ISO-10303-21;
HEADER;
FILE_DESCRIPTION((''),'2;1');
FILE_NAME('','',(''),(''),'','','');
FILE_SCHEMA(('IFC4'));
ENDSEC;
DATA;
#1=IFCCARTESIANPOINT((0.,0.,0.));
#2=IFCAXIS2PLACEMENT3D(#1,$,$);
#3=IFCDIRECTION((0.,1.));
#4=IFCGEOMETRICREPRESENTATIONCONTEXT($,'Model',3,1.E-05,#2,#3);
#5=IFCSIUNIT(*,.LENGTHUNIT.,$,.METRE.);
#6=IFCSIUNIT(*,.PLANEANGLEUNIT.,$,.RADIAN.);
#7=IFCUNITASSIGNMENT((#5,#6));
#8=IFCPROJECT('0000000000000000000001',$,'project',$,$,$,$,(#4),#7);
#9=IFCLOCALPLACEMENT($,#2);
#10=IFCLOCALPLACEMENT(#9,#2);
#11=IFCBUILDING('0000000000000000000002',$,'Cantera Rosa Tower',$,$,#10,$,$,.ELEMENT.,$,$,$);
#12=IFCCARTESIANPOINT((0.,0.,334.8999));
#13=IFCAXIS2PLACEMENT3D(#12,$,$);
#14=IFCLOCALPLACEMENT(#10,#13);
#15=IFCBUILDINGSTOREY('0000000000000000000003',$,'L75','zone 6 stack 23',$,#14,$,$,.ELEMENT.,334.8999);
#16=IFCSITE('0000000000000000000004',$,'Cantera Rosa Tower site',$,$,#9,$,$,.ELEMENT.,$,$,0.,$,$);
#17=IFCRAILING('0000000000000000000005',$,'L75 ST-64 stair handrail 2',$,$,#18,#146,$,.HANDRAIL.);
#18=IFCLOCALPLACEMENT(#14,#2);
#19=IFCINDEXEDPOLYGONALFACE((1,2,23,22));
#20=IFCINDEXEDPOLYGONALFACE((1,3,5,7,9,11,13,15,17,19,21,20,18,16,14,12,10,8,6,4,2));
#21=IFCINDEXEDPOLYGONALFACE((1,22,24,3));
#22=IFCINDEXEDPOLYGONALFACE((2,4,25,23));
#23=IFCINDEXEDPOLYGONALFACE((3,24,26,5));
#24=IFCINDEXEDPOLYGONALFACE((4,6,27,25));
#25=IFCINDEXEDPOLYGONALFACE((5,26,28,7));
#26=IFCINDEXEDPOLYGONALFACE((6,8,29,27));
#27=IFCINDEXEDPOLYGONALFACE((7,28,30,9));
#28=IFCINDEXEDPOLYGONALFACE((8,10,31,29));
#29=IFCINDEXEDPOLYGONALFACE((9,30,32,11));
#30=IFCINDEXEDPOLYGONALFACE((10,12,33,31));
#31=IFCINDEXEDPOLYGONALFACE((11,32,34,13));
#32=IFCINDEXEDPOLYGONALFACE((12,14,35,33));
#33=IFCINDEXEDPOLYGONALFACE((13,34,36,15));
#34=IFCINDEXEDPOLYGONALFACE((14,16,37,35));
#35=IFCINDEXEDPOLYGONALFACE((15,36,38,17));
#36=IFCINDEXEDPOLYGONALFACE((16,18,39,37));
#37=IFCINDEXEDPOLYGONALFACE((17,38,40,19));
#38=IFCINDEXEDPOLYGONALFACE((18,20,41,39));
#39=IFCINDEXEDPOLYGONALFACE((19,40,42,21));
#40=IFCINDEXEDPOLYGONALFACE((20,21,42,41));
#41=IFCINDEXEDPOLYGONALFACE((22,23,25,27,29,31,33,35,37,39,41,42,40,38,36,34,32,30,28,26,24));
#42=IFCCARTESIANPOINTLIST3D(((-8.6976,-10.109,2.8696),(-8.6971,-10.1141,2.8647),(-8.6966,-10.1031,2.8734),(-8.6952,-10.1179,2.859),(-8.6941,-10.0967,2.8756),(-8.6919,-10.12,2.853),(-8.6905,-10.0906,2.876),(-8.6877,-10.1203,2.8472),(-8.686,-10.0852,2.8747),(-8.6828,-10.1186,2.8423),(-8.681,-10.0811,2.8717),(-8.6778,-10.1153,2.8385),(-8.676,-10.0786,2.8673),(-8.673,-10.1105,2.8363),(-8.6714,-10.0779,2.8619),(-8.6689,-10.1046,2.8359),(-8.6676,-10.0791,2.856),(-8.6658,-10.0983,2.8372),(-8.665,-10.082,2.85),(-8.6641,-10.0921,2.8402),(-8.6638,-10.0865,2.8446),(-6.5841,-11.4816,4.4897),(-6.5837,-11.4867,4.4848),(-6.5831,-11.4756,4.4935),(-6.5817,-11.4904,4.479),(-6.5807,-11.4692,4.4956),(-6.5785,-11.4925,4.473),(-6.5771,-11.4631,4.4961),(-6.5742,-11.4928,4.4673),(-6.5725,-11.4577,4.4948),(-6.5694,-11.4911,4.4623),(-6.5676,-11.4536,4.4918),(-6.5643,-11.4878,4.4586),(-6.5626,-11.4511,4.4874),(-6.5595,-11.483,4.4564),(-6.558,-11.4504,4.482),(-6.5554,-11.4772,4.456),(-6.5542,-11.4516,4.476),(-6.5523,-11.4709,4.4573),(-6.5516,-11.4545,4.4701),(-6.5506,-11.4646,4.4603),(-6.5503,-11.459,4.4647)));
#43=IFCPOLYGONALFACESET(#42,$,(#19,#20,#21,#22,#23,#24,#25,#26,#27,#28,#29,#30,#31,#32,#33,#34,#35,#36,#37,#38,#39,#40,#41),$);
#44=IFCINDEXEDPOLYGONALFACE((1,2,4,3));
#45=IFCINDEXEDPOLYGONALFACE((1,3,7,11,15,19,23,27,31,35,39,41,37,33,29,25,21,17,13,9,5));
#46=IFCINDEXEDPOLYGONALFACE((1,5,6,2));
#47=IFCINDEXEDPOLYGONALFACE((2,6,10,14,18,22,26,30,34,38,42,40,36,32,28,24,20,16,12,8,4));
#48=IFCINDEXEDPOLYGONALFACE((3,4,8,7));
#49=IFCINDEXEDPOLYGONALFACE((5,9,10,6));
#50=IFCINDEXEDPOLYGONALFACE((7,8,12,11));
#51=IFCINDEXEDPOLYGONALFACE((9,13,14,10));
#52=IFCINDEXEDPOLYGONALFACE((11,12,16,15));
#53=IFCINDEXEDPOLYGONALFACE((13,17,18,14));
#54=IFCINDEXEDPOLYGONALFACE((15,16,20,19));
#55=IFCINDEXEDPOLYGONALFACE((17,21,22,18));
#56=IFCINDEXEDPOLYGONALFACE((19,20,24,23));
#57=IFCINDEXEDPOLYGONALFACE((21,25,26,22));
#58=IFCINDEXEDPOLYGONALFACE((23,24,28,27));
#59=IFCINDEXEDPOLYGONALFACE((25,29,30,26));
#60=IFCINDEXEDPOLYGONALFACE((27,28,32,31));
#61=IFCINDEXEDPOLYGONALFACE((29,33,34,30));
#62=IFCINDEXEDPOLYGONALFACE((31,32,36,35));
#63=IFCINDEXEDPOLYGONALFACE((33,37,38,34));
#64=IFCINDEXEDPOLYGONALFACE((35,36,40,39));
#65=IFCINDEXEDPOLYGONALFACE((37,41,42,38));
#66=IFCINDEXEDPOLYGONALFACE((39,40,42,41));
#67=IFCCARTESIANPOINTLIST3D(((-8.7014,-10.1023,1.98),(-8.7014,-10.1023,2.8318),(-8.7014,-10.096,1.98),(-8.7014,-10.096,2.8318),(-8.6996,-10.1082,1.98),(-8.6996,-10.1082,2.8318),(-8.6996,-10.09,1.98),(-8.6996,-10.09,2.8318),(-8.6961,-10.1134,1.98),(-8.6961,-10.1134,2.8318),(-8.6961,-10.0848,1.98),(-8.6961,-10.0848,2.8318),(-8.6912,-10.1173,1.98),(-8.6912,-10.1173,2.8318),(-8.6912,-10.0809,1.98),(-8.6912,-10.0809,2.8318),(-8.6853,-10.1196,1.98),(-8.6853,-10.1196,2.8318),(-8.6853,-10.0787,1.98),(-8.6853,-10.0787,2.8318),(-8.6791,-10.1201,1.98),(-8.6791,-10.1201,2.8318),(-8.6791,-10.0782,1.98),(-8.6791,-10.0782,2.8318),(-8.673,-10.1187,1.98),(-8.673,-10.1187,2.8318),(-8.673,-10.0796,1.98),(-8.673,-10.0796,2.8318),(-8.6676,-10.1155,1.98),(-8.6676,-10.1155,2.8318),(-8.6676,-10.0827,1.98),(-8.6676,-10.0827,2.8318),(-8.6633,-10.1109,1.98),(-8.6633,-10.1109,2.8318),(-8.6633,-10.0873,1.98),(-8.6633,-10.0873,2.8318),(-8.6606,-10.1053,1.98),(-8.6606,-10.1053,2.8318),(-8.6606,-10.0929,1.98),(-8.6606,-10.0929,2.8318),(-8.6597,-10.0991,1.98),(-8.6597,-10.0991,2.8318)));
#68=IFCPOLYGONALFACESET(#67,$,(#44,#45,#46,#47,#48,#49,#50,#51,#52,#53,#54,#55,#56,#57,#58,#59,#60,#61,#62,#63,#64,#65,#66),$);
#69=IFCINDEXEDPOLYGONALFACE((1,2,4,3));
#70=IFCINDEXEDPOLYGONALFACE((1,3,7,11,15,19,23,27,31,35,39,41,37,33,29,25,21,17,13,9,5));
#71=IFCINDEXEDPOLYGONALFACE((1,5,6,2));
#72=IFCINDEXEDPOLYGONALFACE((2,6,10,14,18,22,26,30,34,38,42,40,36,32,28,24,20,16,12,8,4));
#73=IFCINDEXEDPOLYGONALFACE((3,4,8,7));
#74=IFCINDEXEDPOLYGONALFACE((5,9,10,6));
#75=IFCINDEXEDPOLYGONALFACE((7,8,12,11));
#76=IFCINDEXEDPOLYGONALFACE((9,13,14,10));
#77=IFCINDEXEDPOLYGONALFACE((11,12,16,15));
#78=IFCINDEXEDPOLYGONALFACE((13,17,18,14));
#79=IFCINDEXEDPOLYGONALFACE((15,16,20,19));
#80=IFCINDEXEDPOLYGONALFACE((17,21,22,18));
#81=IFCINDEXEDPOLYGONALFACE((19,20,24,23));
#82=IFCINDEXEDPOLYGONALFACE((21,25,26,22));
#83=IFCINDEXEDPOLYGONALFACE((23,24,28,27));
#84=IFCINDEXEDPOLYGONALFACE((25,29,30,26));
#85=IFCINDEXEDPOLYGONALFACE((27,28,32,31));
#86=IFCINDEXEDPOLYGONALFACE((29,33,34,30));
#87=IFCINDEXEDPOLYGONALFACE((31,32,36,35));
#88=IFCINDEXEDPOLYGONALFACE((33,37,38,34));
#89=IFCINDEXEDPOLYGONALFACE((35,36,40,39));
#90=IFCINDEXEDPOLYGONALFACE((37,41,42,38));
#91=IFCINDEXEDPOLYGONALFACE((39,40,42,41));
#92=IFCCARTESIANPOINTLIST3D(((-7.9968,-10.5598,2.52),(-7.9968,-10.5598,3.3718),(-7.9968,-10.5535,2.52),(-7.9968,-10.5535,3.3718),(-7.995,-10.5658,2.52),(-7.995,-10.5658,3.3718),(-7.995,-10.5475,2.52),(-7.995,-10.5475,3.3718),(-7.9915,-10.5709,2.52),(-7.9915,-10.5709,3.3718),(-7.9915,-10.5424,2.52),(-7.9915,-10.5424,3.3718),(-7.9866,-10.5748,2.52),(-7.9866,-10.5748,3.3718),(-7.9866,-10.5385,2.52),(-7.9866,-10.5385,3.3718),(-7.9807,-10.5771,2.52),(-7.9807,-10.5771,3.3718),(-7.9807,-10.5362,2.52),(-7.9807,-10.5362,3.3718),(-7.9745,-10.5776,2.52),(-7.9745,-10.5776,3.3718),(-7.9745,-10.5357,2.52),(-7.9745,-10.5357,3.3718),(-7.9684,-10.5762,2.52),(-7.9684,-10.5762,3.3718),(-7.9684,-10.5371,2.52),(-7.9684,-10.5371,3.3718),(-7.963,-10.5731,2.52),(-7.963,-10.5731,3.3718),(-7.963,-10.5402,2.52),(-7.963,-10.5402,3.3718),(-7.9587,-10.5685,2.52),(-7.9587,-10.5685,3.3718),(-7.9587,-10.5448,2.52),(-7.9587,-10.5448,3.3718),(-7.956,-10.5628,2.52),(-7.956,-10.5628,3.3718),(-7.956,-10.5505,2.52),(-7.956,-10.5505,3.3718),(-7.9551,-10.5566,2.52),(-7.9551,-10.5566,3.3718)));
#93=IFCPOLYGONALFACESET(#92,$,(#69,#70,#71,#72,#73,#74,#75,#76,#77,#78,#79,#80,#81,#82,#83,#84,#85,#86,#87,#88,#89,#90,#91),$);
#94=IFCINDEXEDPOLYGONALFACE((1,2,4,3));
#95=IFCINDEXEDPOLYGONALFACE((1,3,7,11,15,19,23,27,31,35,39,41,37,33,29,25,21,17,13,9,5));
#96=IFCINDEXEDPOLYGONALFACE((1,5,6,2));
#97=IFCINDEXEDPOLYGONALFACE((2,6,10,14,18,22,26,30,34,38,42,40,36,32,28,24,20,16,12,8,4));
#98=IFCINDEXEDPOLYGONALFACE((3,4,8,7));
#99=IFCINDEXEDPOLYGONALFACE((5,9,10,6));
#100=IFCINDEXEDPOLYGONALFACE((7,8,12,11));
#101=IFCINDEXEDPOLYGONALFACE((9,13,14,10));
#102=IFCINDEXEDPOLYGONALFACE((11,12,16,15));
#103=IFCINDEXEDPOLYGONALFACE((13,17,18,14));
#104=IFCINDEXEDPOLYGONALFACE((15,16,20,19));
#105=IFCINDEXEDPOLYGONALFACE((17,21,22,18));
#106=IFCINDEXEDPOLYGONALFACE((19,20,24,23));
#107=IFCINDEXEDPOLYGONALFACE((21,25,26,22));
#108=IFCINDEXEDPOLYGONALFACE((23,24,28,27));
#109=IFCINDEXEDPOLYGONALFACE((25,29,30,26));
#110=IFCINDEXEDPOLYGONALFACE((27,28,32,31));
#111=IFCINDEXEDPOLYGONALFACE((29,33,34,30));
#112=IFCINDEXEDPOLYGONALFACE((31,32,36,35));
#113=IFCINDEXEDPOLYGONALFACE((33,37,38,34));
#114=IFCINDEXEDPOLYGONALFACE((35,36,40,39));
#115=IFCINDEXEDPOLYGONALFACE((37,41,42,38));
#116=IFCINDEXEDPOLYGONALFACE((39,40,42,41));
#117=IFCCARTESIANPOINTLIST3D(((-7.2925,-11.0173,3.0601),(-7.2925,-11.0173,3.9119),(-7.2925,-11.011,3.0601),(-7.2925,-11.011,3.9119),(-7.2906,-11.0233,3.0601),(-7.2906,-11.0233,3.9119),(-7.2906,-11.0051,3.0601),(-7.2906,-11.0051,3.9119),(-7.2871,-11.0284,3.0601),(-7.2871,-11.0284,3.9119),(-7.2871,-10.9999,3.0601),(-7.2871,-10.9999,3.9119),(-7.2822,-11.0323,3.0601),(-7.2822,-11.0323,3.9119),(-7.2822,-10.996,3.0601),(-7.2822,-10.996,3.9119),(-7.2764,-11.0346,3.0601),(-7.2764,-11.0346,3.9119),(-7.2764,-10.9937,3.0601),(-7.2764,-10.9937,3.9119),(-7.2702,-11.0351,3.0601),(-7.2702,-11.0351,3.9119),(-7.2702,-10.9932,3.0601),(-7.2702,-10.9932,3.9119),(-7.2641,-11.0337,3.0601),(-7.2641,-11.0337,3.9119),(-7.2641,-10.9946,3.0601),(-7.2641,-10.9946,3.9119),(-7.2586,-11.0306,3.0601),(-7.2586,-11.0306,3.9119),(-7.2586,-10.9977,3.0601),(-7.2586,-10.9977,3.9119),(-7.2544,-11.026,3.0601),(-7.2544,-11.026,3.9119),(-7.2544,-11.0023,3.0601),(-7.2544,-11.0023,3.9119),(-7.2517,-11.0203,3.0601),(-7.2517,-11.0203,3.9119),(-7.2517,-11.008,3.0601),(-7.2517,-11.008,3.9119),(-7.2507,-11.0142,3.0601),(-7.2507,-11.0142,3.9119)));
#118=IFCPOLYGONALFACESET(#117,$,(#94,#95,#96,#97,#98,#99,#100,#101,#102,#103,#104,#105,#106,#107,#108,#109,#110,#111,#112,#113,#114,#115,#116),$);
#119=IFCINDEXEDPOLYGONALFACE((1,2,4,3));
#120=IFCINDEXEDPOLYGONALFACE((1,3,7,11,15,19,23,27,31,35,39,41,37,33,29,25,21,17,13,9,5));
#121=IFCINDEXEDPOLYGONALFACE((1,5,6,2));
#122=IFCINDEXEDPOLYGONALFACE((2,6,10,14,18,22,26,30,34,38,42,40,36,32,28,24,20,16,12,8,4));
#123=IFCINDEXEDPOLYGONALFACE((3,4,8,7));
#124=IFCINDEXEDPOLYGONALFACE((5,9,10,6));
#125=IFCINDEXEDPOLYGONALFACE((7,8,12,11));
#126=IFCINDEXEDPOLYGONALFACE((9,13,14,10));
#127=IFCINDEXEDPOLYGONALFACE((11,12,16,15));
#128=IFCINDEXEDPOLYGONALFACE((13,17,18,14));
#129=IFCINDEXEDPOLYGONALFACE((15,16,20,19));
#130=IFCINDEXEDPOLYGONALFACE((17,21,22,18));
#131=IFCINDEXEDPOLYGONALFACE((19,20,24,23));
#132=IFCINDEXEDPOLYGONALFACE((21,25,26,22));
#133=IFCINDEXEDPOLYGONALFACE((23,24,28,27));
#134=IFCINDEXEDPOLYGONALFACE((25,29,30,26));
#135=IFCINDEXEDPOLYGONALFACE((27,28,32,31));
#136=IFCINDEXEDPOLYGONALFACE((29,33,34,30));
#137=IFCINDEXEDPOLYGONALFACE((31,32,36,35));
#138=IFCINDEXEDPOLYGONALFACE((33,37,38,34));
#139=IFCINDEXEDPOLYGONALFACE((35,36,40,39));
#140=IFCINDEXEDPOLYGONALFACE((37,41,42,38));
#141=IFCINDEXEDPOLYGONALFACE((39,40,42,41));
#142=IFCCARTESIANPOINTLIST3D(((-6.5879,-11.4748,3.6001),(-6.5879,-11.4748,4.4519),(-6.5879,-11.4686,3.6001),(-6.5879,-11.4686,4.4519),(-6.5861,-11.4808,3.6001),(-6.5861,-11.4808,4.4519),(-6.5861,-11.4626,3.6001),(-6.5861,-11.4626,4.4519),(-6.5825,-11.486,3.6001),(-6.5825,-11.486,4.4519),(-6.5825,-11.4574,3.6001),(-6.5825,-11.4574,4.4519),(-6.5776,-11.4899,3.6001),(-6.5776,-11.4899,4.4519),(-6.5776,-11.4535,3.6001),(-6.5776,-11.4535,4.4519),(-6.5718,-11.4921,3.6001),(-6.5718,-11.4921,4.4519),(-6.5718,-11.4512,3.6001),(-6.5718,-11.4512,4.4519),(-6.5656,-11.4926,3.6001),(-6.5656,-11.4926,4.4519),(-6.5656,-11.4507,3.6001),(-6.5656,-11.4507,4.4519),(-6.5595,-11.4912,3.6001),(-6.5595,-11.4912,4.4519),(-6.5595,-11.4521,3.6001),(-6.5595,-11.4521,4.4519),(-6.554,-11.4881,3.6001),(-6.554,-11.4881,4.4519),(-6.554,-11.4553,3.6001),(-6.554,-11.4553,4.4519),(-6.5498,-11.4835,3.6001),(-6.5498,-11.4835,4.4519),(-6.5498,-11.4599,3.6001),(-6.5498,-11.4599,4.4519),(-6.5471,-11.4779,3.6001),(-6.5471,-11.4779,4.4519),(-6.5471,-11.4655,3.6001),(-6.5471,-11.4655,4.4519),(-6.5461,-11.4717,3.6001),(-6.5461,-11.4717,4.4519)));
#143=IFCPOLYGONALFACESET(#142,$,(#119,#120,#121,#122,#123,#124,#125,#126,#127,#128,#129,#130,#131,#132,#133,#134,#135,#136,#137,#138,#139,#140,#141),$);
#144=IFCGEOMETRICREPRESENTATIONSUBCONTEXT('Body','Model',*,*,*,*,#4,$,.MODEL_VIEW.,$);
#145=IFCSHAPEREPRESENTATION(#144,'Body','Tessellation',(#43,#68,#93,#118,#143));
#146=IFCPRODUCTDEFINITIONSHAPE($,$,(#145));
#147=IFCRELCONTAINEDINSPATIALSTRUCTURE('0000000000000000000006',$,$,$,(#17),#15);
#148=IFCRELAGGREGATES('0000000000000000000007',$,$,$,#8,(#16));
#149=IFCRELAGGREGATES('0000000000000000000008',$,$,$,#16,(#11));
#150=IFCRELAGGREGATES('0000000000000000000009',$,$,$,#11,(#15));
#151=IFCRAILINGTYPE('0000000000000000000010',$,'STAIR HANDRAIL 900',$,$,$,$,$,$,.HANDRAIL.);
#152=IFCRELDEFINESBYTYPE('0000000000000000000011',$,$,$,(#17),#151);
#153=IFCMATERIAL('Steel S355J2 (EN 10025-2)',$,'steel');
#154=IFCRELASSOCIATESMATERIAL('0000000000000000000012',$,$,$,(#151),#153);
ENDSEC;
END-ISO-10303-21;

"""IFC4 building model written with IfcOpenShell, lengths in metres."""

from ifc_helpers import new_model, si_unit, direction, frame, origin, origin_2d, place, context, subcontext, project, spatial, circle, extrude, material, type_object, element, save


model = new_model("IFC4")

# Units and contexts
model_context = context("Model", 3, precision=1e-05, world=origin(), true_north=direction((0.0, 1.0)))
body_context = subcontext(model_context, "Body", "Model", "MODEL_VIEW")
ifc_project = project(units=[si_unit("LENGTHUNIT", "METRE"), si_unit("PLANEANGLEUNIT", "RADIAN")], contexts=[model_context])

# Site, building, storey
site_placement = place(None, origin())
site = spatial("IfcSite", under=ifc_project, at=site_placement, Name="Cantera Rosa Tower site", CompositionType="ELEMENT", RefElevation=0.0)
building_placement = place(site_placement, origin())
building = spatial("IfcBuilding", under=site, at=building_placement, Name="Cantera Rosa Tower", CompositionType="ELEMENT")
storey_placement = place(building_placement, frame((0.0, 0.0, 334.8999)))
storey = spatial("IfcBuildingStorey", under=building, at=storey_placement, Name="L75", Description="zone 6 stack 23", CompositionType="ELEMENT", Elevation=334.8999)

# Railing
ifc_material_1 = material(Name="Steel S355J2 (EN 10025-2)", Category="steel")
railing_type_1 = type_object("IfcRailingType", Name="STAIR HANDRAIL 900", PredefinedType="HANDRAIL", material=ifc_material_1)
railing_1_placement = place(storey_placement, frame((-8.6807, -10.0991, 1.98)))
element("IfcRailing", 1, at=railing_1_placement, inside=storey, type_object=railing_type_1, Name="L75 ST-64 stair handrail 2", PredefinedType="HANDRAIL", context=body_context, shape_type="SweptSolid", body=[
    extrude(circle(Radius=0.0239, at=origin_2d()), frame((0.0, 0.0, 0.876), z_axis=(0.705462, -0.458139, 0.54077), x_axis=(0.544644, 0.838667, 0.0)), (0.0, 0.0, 1.0), 2.9958),
    extrude(circle(Radius=0.021, at=origin_2d()), origin(), (0.0, 0.0, 1.0), 0.8518),
    extrude(circle(Radius=0.021, at=origin_2d()), frame((0.7046, -0.4575, 0.54)), (0.0, 0.0, 1.0), 0.8518),
    extrude(circle(Radius=0.021, at=origin_2d()), frame((1.4089, -0.915, 1.0801)), (0.0, 0.0, 1.0), 0.8518),
    extrude(circle(Radius=0.021, at=origin_2d()), frame((2.1135, -1.3726, 1.6201)), (0.0, 0.0, 1.0), 0.8518),
])

save(model, "model.ifc")
